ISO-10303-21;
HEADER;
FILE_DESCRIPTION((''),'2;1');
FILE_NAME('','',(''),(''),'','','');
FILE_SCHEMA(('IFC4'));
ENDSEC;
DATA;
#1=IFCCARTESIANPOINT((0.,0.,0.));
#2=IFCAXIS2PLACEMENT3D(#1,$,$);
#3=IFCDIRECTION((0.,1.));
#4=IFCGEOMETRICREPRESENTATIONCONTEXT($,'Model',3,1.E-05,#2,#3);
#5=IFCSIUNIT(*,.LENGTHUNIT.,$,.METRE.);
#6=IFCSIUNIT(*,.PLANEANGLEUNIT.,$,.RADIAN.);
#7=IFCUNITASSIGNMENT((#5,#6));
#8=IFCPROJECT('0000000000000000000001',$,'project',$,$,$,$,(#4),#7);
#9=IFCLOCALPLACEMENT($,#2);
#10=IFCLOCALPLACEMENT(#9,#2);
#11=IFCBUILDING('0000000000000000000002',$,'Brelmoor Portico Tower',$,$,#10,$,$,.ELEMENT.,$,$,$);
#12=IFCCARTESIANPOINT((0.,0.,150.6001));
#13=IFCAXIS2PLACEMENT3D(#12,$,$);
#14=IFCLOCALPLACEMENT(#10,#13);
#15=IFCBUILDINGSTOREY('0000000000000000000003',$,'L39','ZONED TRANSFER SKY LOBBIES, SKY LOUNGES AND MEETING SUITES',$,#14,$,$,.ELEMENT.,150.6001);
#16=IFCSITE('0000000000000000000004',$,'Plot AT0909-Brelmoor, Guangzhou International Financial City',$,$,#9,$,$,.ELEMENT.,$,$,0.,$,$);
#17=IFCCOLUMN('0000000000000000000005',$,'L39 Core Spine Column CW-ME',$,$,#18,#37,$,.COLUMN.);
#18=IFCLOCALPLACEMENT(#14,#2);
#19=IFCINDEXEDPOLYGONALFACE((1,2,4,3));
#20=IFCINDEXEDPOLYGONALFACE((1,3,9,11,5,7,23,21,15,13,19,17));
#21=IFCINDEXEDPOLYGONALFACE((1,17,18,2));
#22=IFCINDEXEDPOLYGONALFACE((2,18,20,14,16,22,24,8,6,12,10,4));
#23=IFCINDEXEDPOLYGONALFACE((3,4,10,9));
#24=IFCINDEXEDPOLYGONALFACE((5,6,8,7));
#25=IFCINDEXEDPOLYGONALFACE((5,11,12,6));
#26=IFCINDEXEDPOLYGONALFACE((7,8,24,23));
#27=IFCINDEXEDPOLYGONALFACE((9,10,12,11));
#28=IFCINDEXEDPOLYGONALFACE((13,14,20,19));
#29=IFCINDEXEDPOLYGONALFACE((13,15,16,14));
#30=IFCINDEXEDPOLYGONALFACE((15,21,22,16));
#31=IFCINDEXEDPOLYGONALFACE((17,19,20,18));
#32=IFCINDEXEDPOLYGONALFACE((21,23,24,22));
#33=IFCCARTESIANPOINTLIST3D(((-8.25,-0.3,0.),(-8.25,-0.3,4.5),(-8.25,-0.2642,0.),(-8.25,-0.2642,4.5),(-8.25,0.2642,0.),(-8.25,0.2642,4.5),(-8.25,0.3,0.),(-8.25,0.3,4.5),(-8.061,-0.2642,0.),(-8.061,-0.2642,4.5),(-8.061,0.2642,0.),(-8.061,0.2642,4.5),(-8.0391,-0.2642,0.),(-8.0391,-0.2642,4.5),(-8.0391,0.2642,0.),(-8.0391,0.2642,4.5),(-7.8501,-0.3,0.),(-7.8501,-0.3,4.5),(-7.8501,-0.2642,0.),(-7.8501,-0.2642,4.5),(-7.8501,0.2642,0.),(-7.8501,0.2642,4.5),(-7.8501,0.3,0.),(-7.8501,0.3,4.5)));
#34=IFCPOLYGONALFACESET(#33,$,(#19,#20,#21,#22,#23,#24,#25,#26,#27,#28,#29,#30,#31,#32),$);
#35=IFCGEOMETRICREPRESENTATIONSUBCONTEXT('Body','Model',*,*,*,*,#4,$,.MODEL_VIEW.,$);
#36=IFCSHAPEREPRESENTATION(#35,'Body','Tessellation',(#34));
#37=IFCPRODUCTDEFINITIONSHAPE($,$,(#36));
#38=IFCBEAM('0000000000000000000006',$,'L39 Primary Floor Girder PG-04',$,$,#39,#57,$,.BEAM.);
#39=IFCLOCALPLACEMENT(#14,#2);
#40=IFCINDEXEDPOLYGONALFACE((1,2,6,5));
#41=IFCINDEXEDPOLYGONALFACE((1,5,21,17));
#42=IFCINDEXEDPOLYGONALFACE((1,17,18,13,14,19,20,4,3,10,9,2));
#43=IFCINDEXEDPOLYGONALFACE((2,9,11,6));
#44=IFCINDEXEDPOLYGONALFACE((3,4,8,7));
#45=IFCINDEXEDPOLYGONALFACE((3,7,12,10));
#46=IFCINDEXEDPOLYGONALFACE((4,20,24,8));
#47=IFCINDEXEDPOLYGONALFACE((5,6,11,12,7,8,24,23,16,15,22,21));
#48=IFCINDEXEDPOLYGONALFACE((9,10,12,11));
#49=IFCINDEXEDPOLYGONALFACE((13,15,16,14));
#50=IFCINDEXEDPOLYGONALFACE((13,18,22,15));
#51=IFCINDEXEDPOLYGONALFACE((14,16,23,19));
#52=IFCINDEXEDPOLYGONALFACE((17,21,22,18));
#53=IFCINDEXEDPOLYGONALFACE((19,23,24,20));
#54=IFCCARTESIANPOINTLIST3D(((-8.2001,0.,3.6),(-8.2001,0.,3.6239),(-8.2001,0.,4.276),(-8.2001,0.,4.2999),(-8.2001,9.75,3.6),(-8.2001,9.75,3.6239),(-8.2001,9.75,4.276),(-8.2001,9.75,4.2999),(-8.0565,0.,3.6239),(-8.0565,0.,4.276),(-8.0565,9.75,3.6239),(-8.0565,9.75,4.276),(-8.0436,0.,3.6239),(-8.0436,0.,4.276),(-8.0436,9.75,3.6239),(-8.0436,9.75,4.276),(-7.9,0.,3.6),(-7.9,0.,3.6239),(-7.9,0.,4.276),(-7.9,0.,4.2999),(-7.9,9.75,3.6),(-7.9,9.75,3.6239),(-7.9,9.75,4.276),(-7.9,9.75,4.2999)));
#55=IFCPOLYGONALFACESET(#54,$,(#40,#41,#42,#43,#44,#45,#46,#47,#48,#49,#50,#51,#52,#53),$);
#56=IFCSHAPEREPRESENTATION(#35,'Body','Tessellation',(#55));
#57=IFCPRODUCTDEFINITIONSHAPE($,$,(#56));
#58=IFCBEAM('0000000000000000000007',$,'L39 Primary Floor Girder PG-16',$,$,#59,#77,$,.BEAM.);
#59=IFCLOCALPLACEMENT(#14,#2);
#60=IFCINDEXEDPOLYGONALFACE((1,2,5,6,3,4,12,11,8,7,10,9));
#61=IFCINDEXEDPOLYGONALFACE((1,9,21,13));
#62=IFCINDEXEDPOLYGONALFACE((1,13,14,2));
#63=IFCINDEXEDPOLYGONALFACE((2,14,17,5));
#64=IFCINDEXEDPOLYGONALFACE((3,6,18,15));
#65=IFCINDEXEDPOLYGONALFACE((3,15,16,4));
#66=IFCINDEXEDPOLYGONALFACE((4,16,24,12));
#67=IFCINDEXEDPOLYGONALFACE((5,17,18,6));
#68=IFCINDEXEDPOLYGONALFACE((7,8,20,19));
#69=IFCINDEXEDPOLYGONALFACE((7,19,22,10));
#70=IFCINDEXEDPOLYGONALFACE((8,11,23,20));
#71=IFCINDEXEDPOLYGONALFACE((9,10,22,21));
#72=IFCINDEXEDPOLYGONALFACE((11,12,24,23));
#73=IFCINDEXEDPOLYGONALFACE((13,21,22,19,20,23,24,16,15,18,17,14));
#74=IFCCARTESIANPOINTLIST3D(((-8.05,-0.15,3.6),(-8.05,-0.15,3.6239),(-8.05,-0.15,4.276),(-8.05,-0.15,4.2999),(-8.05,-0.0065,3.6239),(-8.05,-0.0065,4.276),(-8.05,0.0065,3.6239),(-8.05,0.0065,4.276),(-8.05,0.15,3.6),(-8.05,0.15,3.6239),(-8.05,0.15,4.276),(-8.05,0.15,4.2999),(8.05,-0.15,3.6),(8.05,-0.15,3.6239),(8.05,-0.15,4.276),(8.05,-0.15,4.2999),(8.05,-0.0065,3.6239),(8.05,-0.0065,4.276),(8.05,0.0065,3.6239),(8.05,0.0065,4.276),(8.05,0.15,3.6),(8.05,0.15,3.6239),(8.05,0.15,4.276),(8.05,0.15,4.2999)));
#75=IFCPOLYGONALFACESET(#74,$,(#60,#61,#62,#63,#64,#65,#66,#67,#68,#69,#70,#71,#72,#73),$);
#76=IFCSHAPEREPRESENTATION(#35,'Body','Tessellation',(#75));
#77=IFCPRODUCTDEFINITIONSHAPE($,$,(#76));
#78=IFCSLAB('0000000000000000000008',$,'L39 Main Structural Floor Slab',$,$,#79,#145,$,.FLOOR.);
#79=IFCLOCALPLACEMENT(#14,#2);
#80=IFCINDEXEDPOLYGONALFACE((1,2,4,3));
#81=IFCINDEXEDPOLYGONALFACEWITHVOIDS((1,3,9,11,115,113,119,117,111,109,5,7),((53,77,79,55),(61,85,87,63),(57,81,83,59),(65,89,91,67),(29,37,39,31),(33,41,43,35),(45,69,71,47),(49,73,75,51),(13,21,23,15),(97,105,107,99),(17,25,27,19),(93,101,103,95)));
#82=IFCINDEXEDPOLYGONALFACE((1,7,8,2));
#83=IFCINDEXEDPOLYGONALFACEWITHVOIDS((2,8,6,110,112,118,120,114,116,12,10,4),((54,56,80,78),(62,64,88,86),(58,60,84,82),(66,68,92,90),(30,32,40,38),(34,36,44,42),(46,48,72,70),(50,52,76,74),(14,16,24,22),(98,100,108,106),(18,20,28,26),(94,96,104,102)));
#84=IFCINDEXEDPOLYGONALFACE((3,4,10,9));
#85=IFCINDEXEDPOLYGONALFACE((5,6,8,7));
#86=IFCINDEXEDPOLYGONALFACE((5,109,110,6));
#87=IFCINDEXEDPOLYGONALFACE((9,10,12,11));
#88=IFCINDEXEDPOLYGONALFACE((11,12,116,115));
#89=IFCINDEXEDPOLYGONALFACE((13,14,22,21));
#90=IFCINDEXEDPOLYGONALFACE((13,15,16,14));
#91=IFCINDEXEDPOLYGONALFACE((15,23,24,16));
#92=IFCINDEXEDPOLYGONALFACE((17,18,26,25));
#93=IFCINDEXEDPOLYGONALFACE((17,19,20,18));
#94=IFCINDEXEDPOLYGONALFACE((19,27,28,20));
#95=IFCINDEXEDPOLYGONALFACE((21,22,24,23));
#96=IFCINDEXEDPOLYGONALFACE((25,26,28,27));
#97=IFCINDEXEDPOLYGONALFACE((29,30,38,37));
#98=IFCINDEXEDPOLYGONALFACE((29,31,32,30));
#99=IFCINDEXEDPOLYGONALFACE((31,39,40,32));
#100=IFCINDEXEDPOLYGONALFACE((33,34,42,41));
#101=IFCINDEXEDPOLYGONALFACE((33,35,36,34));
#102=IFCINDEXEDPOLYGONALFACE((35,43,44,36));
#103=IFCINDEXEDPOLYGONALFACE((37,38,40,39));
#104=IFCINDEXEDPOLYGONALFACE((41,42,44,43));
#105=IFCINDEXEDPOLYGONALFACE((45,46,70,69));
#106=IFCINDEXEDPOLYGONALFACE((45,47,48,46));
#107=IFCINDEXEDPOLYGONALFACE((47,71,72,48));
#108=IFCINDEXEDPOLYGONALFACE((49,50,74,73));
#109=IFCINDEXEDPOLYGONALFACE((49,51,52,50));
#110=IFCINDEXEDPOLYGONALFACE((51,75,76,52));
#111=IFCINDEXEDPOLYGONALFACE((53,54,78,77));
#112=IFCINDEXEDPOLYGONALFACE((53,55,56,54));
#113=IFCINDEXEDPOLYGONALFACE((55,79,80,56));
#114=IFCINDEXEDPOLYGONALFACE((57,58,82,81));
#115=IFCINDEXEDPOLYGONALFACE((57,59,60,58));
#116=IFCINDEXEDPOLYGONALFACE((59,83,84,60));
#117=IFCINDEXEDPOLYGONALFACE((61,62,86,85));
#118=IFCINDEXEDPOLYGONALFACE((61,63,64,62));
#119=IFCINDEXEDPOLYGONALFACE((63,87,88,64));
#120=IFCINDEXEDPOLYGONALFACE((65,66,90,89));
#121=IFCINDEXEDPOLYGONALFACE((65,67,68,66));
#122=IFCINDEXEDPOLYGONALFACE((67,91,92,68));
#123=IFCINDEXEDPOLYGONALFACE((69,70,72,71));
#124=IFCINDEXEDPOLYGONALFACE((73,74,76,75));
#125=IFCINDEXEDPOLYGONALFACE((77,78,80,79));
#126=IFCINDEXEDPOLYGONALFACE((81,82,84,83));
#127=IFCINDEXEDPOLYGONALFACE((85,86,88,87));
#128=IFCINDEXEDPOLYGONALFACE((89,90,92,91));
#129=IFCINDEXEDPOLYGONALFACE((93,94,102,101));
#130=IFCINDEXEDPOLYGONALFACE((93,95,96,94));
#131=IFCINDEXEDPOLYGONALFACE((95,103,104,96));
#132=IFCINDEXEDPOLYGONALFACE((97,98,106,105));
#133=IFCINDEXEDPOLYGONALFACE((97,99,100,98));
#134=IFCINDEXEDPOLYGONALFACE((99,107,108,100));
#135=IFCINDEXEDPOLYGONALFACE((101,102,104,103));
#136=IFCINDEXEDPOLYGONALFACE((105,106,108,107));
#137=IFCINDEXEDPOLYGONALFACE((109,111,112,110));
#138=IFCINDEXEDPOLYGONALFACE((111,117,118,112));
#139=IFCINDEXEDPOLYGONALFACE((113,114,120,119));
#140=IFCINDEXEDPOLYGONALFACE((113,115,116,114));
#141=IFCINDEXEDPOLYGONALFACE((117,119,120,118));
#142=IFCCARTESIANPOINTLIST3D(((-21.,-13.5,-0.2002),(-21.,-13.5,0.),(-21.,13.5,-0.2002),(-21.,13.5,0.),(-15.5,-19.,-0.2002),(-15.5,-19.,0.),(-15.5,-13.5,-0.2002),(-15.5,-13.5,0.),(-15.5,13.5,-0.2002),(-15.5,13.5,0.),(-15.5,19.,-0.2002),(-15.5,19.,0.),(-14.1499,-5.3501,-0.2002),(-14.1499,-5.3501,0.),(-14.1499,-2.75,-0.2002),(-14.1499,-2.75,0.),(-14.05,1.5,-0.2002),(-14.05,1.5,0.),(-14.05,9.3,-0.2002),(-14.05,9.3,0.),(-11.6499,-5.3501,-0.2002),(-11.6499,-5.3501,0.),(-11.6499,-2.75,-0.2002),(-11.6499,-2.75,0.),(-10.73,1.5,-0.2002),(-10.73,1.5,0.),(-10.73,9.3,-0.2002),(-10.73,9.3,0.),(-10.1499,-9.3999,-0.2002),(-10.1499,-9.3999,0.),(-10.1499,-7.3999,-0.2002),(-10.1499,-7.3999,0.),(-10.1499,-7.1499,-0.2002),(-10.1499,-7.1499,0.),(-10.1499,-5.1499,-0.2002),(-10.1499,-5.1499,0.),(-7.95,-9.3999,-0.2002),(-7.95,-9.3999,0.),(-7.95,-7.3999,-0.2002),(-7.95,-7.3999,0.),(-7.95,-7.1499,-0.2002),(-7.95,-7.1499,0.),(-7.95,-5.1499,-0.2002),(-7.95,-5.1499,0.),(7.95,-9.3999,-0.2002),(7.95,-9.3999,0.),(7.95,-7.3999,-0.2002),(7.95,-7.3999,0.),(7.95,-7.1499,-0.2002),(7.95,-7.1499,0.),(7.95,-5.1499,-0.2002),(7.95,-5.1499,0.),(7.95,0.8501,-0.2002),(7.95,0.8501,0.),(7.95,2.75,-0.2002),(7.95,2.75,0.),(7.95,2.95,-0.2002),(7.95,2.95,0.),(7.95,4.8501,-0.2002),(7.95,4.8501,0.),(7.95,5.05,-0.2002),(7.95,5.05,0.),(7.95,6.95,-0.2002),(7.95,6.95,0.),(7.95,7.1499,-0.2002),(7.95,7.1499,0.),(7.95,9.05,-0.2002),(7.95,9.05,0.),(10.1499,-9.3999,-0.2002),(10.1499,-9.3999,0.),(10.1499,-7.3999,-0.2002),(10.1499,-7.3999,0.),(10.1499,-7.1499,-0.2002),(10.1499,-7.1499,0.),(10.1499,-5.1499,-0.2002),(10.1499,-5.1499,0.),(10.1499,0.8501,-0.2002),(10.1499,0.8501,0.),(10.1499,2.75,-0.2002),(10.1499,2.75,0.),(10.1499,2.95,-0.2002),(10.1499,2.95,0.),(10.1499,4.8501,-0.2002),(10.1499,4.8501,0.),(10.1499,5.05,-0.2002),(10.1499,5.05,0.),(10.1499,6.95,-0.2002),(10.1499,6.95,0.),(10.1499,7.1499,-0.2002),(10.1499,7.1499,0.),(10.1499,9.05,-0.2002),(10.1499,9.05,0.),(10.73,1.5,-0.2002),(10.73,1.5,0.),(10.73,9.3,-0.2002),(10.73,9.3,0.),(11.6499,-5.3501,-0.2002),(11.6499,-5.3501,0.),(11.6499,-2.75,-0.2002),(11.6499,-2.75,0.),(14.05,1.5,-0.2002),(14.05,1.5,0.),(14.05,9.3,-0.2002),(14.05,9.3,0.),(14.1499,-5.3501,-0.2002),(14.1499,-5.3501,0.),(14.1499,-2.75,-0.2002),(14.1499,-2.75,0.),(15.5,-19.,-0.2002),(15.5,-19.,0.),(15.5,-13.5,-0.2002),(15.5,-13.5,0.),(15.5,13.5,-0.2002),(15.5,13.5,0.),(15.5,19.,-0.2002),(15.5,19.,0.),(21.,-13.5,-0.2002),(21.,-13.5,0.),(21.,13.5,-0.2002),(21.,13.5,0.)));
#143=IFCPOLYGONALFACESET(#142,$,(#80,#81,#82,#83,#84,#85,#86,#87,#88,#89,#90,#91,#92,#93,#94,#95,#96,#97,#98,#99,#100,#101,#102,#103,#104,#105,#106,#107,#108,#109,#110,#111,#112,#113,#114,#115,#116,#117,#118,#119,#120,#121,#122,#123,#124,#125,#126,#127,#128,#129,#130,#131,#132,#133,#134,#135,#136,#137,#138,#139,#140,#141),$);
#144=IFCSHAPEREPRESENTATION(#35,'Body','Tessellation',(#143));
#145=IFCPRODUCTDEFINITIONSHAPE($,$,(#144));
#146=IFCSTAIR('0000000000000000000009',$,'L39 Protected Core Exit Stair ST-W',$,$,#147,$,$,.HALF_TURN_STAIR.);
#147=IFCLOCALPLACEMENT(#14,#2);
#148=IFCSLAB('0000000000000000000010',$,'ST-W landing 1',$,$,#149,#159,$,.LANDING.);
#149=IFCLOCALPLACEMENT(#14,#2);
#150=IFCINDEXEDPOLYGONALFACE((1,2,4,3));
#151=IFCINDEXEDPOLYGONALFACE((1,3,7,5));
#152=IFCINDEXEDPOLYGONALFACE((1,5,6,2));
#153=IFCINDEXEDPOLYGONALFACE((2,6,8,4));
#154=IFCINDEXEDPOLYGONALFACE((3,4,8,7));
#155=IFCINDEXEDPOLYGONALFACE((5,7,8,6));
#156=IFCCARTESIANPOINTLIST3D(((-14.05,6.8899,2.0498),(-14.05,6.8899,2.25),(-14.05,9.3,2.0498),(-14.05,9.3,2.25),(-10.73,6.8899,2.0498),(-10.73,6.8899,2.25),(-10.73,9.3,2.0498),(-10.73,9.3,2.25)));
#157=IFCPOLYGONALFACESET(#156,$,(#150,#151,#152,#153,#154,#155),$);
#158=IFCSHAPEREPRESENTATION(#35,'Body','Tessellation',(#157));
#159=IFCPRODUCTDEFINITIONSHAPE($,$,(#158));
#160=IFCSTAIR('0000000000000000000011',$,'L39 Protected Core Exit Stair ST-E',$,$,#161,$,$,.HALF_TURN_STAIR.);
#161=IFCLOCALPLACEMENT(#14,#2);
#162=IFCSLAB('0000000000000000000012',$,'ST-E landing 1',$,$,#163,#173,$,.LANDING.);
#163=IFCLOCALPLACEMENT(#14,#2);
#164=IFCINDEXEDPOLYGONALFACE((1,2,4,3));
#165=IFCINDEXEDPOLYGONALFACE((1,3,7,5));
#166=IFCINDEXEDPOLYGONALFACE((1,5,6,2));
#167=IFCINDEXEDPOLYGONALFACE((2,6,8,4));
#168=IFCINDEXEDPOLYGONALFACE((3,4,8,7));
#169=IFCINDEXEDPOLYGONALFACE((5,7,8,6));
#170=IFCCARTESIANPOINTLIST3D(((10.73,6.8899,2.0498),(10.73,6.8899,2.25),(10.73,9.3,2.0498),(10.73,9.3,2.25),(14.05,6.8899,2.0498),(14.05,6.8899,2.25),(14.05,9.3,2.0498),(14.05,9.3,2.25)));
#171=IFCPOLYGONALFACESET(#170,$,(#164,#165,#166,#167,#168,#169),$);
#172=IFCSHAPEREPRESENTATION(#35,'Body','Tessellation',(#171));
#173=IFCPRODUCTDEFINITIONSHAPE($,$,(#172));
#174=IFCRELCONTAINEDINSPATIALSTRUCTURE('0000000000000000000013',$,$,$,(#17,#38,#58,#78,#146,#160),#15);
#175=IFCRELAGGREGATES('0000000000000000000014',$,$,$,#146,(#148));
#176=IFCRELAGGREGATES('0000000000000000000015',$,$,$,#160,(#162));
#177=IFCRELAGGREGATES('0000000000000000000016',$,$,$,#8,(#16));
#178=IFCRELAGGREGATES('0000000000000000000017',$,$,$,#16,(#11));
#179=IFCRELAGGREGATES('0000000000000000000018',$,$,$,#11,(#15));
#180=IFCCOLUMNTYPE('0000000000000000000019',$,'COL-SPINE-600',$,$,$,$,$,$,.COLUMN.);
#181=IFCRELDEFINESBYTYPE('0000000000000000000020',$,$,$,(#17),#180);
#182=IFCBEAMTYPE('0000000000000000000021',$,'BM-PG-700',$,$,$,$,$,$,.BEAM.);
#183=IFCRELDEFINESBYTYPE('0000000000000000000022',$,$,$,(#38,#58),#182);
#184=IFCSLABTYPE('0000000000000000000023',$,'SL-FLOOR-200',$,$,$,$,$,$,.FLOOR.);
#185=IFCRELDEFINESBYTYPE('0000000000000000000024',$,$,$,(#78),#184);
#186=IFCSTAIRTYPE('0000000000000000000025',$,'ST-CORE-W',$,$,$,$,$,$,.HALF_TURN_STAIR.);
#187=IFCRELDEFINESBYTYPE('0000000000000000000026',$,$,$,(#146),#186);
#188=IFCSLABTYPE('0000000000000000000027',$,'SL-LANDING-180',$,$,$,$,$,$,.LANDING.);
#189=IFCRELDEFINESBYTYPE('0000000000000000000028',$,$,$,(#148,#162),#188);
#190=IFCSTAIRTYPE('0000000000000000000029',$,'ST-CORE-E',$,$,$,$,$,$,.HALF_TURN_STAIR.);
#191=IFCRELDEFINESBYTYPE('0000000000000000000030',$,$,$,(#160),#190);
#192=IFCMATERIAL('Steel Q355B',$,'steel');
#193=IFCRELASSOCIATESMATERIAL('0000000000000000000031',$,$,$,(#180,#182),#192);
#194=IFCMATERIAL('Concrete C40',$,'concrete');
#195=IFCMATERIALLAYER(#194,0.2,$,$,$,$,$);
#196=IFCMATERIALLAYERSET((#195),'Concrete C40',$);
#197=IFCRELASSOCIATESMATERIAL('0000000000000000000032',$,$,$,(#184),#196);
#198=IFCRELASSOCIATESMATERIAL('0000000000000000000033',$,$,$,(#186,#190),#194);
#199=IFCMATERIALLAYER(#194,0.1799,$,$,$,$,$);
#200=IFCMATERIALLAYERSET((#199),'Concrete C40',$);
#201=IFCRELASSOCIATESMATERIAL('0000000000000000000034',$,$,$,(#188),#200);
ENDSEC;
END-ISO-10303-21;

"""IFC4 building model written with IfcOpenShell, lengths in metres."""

from ifc_helpers import new_model, si_unit, direction, frame, origin, origin_2d, place, context, subcontext, project, spatial, polyline, i_section, outline, extrude, material, layer, layer_set, material_profile, profile_set, type_object, element, aggregate, save


model = new_model("IFC4")

# Units and contexts
model_context = context("Model", 3, precision=1e-05, world=origin(), true_north=direction((0.0, 1.0)))
body_context = subcontext(model_context, "Body", "Model", "MODEL_VIEW")
ifc_project = project(units=[si_unit("LENGTHUNIT", "METRE"), si_unit("PLANEANGLEUNIT", "RADIAN")], contexts=[model_context])

# Site, building, storey
site_placement = place(None, origin())
site = spatial("IfcSite", under=ifc_project, at=site_placement, Name="Plot AT0909-Brelmoor, Guangzhou International Financial City", CompositionType="ELEMENT", RefElevation=0.0)
building_placement = place(site_placement, origin())
building = spatial("IfcBuilding", under=site, at=building_placement, Name="Brelmoor Portico Tower", CompositionType="ELEMENT")
storey_placement = place(building_placement, frame((0.0, 0.0, 150.6001)))
storey = spatial("IfcBuildingStorey", under=building, at=storey_placement, Name="L39", Description="ZONED TRANSFER SKY LOBBIES, SKY LOUNGES AND MEETING SUITES", CompositionType="ELEMENT", Elevation=150.6001)

# Column
ifc_material_1 = material(Name="Steel Q355B", Category="steel")
ifc_material_profile_1 = material_profile(ifc_material_1, i_section(OverallWidth=0.3999, OverallDepth=0.6001, WebThickness=0.022, FlangeThickness=0.0359, at=origin_2d()), Name="HW 600x400x22x36")
ifc_profile_set_1 = profile_set([ifc_material_profile_1], Name="Steel Q355B")
column_type = type_object("IfcColumnType", Name="COL-SPINE-600", PredefinedType="COLUMN", material=ifc_profile_set_1)
column_placement = place(storey_placement, frame((-8.05, 0.0, 0.0), z_axis=(0.0, 0.0, 1.0), x_axis=(1.0, 0.0, 0.0)))
element("IfcColumn", 1, at=column_placement, inside=storey, type_object=column_type, Name="L39 Core Spine Column CW-ME", PredefinedType="COLUMN", context=body_context, shape_type="SweptSolid", body=[
    extrude(i_section(OverallWidth=0.3999, OverallDepth=0.6001, WebThickness=0.022, FlangeThickness=0.0359, at=origin_2d()), origin(), (0.0, 0.0, 1.0), 4.5),
])

# Beams
ifc_material_profile_2 = material_profile(ifc_material_1, i_section(OverallWidth=0.3, OverallDepth=0.7, WebThickness=0.0129, FlangeThickness=0.0239, at=origin_2d()), Name="HN 700x300x13x24")
ifc_profile_set_2 = profile_set([ifc_material_profile_2], Name="Steel Q355B")
beam_type = type_object("IfcBeamType", Name="BM-PG-700", PredefinedType="BEAM", material=ifc_profile_set_2)
beam_1_placement = place(storey_placement, frame((-8.05, 0.0, 3.95), z_axis=(0.0, 1.0, 0.0), x_axis=(-1.0, 0.0, 0.0)))
element("IfcBeam", 2, at=beam_1_placement, inside=storey, type_object=beam_type, Name="L39 Primary Floor Girder PG-04", PredefinedType="BEAM", context=body_context, shape_type="SweptSolid", body=[
    extrude(i_section(OverallWidth=0.3, OverallDepth=0.7, WebThickness=0.0129, FlangeThickness=0.0239, at=origin_2d()), origin(), (0.0, 0.0, 1.0), 9.75),
])
beam_2_placement = place(storey_placement, frame((-8.05, 0.0, 3.95), z_axis=(1.0, 0.0, 0.0), x_axis=(0.0, 1.0, 0.0)))
element("IfcBeam", 3, at=beam_2_placement, inside=storey, type_object=beam_type, Name="L39 Primary Floor Girder PG-16", PredefinedType="BEAM", context=body_context, shape_type="SweptSolid", body=[
    extrude(i_section(OverallWidth=0.3, OverallDepth=0.7, WebThickness=0.0129, FlangeThickness=0.0239, at=origin_2d()), origin(), (0.0, 0.0, 1.0), 16.1001),
])

# Slab
ifc_material_2 = material(Name="Concrete C40", Category="concrete")
ifc_layer_1 = layer(ifc_material_2, 0.2)
ifc_layer_set_1 = layer_set([ifc_layer_1], Name="Concrete C40")
slab_type_1 = type_object("IfcSlabType", Name="SL-FLOOR-200", PredefinedType="FLOOR", material=ifc_layer_set_1)
slab_1_placement = place(storey_placement, frame((0.0, 0.0, -0.2002)))
element("IfcSlab", 4, at=slab_1_placement, inside=storey, type_object=slab_type_1, Name="L39 Main Structural Floor Slab", PredefinedType="FLOOR", context=body_context, shape_type="SweptSolid", body=[
    extrude(outline(polyline([(-15.5, -19.0), (15.5, -19.0), (15.5, -13.5), (21.0, -13.5), (21.0, 13.5), (15.5, 13.5), (15.5, 19.0), (-15.5, 19.0), (-15.5, 13.5), (-21.0, 13.5), (-21.0, -13.5), (-15.5, -13.5), (-15.5, -19.0)]), holes=[polyline([(-10.73, 1.5), (-10.73, 9.3), (-14.05, 9.3), (-14.05, 1.5), (-10.73, 1.5)]), polyline([(14.05, 1.5), (14.05, 9.3), (10.73, 9.3), (10.73, 1.5), (14.05, 1.5)]), polyline([(7.95, 0.8501), (10.1499, 0.8501), (10.1499, 2.75), (7.95, 2.75), (7.95, 0.8501)]), polyline([(7.95, 2.95), (10.1499, 2.95), (10.1499, 4.8501), (7.95, 4.8501), (7.95, 2.95)]), polyline([(7.95, 5.05), (10.1499, 5.05), (10.1499, 6.95), (7.95, 6.95), (7.95, 5.05)]), polyline([(7.95, 7.1499), (10.1499, 7.1499), (10.1499, 9.05), (7.95, 9.05), (7.95, 7.1499)]), polyline([(-10.1499, -9.3999), (-7.95, -9.3999), (-7.95, -7.3999), (-10.1499, -7.3999), (-10.1499, -9.3999)]), polyline([(-10.1499, -7.1499), (-7.95, -7.1499), (-7.95, -5.1499), (-10.1499, -5.1499), (-10.1499, -7.1499)]), polyline([(7.95, -9.3999), (10.1499, -9.3999), (10.1499, -7.3999), (7.95, -7.3999), (7.95, -9.3999)]), polyline([(7.95, -7.1499), (10.1499, -7.1499), (10.1499, -5.1499), (7.95, -5.1499), (7.95, -7.1499)]), polyline([(-14.1499, -5.3501), (-11.6499, -5.3501), (-11.6499, -2.75), (-14.1499, -2.75), (-14.1499, -5.3501)]), polyline([(11.6499, -5.3501), (14.1499, -5.3501), (14.1499, -2.75), (11.6499, -2.75), (11.6499, -5.3501)])]), origin(), (0.0, 0.0, 1.0), 0.2002),
])

# Stairs, slabs
stair_type_1 = type_object("IfcStairType", Name="ST-CORE-W", PredefinedType="HALF_TURN_STAIR", material=ifc_material_2)
stair_1_placement = place(storey_placement, origin())
stair_1 = element("IfcStair", 5, at=stair_1_placement, inside=storey, type_object=stair_type_1, Name="L39 Protected Core Exit Stair ST-W", PredefinedType="HALF_TURN_STAIR")
ifc_layer_2 = layer(ifc_material_2, 0.1799)
ifc_layer_set_2 = layer_set([ifc_layer_2], Name="Concrete C40")
slab_type_2 = type_object("IfcSlabType", Name="SL-LANDING-180", PredefinedType="LANDING", material=ifc_layer_set_2)
slab_2_placement = place(storey_placement, frame((0.0, 0.0, 2.0498)))
slab_2 = element("IfcSlab", 6, at=slab_2_placement, type_object=slab_type_2, Name="ST-W landing 1", PredefinedType="LANDING", context=body_context, shape_type="SweptSolid", body=[
    extrude(outline(polyline([(-10.73, 6.8899), (-10.73, 9.3), (-14.05, 9.3), (-14.05, 6.8899), (-10.73, 6.8899)])), origin(), (0.0, 0.0, 1.0), 0.2002),
])
aggregate(stair_1, [slab_2])
stair_type_2 = type_object("IfcStairType", Name="ST-CORE-E", PredefinedType="HALF_TURN_STAIR", material=ifc_material_2)
stair_2_placement = place(storey_placement, origin())
stair_2 = element("IfcStair", 7, at=stair_2_placement, inside=storey, type_object=stair_type_2, Name="L39 Protected Core Exit Stair ST-E", PredefinedType="HALF_TURN_STAIR")
slab_3_placement = place(storey_placement, frame((0.0, 0.0, 2.0498)))
slab_3 = element("IfcSlab", 8, at=slab_3_placement, type_object=slab_type_2, Name="ST-E landing 1", PredefinedType="LANDING", context=body_context, shape_type="SweptSolid", body=[
    extrude(outline(polyline([(14.05, 6.8899), (14.05, 9.3), (10.73, 9.3), (10.73, 6.8899), (14.05, 6.8899)])), origin(), (0.0, 0.0, 1.0), 0.2002),
])
aggregate(stair_2, [slab_3])

save(model, "model.ifc")
